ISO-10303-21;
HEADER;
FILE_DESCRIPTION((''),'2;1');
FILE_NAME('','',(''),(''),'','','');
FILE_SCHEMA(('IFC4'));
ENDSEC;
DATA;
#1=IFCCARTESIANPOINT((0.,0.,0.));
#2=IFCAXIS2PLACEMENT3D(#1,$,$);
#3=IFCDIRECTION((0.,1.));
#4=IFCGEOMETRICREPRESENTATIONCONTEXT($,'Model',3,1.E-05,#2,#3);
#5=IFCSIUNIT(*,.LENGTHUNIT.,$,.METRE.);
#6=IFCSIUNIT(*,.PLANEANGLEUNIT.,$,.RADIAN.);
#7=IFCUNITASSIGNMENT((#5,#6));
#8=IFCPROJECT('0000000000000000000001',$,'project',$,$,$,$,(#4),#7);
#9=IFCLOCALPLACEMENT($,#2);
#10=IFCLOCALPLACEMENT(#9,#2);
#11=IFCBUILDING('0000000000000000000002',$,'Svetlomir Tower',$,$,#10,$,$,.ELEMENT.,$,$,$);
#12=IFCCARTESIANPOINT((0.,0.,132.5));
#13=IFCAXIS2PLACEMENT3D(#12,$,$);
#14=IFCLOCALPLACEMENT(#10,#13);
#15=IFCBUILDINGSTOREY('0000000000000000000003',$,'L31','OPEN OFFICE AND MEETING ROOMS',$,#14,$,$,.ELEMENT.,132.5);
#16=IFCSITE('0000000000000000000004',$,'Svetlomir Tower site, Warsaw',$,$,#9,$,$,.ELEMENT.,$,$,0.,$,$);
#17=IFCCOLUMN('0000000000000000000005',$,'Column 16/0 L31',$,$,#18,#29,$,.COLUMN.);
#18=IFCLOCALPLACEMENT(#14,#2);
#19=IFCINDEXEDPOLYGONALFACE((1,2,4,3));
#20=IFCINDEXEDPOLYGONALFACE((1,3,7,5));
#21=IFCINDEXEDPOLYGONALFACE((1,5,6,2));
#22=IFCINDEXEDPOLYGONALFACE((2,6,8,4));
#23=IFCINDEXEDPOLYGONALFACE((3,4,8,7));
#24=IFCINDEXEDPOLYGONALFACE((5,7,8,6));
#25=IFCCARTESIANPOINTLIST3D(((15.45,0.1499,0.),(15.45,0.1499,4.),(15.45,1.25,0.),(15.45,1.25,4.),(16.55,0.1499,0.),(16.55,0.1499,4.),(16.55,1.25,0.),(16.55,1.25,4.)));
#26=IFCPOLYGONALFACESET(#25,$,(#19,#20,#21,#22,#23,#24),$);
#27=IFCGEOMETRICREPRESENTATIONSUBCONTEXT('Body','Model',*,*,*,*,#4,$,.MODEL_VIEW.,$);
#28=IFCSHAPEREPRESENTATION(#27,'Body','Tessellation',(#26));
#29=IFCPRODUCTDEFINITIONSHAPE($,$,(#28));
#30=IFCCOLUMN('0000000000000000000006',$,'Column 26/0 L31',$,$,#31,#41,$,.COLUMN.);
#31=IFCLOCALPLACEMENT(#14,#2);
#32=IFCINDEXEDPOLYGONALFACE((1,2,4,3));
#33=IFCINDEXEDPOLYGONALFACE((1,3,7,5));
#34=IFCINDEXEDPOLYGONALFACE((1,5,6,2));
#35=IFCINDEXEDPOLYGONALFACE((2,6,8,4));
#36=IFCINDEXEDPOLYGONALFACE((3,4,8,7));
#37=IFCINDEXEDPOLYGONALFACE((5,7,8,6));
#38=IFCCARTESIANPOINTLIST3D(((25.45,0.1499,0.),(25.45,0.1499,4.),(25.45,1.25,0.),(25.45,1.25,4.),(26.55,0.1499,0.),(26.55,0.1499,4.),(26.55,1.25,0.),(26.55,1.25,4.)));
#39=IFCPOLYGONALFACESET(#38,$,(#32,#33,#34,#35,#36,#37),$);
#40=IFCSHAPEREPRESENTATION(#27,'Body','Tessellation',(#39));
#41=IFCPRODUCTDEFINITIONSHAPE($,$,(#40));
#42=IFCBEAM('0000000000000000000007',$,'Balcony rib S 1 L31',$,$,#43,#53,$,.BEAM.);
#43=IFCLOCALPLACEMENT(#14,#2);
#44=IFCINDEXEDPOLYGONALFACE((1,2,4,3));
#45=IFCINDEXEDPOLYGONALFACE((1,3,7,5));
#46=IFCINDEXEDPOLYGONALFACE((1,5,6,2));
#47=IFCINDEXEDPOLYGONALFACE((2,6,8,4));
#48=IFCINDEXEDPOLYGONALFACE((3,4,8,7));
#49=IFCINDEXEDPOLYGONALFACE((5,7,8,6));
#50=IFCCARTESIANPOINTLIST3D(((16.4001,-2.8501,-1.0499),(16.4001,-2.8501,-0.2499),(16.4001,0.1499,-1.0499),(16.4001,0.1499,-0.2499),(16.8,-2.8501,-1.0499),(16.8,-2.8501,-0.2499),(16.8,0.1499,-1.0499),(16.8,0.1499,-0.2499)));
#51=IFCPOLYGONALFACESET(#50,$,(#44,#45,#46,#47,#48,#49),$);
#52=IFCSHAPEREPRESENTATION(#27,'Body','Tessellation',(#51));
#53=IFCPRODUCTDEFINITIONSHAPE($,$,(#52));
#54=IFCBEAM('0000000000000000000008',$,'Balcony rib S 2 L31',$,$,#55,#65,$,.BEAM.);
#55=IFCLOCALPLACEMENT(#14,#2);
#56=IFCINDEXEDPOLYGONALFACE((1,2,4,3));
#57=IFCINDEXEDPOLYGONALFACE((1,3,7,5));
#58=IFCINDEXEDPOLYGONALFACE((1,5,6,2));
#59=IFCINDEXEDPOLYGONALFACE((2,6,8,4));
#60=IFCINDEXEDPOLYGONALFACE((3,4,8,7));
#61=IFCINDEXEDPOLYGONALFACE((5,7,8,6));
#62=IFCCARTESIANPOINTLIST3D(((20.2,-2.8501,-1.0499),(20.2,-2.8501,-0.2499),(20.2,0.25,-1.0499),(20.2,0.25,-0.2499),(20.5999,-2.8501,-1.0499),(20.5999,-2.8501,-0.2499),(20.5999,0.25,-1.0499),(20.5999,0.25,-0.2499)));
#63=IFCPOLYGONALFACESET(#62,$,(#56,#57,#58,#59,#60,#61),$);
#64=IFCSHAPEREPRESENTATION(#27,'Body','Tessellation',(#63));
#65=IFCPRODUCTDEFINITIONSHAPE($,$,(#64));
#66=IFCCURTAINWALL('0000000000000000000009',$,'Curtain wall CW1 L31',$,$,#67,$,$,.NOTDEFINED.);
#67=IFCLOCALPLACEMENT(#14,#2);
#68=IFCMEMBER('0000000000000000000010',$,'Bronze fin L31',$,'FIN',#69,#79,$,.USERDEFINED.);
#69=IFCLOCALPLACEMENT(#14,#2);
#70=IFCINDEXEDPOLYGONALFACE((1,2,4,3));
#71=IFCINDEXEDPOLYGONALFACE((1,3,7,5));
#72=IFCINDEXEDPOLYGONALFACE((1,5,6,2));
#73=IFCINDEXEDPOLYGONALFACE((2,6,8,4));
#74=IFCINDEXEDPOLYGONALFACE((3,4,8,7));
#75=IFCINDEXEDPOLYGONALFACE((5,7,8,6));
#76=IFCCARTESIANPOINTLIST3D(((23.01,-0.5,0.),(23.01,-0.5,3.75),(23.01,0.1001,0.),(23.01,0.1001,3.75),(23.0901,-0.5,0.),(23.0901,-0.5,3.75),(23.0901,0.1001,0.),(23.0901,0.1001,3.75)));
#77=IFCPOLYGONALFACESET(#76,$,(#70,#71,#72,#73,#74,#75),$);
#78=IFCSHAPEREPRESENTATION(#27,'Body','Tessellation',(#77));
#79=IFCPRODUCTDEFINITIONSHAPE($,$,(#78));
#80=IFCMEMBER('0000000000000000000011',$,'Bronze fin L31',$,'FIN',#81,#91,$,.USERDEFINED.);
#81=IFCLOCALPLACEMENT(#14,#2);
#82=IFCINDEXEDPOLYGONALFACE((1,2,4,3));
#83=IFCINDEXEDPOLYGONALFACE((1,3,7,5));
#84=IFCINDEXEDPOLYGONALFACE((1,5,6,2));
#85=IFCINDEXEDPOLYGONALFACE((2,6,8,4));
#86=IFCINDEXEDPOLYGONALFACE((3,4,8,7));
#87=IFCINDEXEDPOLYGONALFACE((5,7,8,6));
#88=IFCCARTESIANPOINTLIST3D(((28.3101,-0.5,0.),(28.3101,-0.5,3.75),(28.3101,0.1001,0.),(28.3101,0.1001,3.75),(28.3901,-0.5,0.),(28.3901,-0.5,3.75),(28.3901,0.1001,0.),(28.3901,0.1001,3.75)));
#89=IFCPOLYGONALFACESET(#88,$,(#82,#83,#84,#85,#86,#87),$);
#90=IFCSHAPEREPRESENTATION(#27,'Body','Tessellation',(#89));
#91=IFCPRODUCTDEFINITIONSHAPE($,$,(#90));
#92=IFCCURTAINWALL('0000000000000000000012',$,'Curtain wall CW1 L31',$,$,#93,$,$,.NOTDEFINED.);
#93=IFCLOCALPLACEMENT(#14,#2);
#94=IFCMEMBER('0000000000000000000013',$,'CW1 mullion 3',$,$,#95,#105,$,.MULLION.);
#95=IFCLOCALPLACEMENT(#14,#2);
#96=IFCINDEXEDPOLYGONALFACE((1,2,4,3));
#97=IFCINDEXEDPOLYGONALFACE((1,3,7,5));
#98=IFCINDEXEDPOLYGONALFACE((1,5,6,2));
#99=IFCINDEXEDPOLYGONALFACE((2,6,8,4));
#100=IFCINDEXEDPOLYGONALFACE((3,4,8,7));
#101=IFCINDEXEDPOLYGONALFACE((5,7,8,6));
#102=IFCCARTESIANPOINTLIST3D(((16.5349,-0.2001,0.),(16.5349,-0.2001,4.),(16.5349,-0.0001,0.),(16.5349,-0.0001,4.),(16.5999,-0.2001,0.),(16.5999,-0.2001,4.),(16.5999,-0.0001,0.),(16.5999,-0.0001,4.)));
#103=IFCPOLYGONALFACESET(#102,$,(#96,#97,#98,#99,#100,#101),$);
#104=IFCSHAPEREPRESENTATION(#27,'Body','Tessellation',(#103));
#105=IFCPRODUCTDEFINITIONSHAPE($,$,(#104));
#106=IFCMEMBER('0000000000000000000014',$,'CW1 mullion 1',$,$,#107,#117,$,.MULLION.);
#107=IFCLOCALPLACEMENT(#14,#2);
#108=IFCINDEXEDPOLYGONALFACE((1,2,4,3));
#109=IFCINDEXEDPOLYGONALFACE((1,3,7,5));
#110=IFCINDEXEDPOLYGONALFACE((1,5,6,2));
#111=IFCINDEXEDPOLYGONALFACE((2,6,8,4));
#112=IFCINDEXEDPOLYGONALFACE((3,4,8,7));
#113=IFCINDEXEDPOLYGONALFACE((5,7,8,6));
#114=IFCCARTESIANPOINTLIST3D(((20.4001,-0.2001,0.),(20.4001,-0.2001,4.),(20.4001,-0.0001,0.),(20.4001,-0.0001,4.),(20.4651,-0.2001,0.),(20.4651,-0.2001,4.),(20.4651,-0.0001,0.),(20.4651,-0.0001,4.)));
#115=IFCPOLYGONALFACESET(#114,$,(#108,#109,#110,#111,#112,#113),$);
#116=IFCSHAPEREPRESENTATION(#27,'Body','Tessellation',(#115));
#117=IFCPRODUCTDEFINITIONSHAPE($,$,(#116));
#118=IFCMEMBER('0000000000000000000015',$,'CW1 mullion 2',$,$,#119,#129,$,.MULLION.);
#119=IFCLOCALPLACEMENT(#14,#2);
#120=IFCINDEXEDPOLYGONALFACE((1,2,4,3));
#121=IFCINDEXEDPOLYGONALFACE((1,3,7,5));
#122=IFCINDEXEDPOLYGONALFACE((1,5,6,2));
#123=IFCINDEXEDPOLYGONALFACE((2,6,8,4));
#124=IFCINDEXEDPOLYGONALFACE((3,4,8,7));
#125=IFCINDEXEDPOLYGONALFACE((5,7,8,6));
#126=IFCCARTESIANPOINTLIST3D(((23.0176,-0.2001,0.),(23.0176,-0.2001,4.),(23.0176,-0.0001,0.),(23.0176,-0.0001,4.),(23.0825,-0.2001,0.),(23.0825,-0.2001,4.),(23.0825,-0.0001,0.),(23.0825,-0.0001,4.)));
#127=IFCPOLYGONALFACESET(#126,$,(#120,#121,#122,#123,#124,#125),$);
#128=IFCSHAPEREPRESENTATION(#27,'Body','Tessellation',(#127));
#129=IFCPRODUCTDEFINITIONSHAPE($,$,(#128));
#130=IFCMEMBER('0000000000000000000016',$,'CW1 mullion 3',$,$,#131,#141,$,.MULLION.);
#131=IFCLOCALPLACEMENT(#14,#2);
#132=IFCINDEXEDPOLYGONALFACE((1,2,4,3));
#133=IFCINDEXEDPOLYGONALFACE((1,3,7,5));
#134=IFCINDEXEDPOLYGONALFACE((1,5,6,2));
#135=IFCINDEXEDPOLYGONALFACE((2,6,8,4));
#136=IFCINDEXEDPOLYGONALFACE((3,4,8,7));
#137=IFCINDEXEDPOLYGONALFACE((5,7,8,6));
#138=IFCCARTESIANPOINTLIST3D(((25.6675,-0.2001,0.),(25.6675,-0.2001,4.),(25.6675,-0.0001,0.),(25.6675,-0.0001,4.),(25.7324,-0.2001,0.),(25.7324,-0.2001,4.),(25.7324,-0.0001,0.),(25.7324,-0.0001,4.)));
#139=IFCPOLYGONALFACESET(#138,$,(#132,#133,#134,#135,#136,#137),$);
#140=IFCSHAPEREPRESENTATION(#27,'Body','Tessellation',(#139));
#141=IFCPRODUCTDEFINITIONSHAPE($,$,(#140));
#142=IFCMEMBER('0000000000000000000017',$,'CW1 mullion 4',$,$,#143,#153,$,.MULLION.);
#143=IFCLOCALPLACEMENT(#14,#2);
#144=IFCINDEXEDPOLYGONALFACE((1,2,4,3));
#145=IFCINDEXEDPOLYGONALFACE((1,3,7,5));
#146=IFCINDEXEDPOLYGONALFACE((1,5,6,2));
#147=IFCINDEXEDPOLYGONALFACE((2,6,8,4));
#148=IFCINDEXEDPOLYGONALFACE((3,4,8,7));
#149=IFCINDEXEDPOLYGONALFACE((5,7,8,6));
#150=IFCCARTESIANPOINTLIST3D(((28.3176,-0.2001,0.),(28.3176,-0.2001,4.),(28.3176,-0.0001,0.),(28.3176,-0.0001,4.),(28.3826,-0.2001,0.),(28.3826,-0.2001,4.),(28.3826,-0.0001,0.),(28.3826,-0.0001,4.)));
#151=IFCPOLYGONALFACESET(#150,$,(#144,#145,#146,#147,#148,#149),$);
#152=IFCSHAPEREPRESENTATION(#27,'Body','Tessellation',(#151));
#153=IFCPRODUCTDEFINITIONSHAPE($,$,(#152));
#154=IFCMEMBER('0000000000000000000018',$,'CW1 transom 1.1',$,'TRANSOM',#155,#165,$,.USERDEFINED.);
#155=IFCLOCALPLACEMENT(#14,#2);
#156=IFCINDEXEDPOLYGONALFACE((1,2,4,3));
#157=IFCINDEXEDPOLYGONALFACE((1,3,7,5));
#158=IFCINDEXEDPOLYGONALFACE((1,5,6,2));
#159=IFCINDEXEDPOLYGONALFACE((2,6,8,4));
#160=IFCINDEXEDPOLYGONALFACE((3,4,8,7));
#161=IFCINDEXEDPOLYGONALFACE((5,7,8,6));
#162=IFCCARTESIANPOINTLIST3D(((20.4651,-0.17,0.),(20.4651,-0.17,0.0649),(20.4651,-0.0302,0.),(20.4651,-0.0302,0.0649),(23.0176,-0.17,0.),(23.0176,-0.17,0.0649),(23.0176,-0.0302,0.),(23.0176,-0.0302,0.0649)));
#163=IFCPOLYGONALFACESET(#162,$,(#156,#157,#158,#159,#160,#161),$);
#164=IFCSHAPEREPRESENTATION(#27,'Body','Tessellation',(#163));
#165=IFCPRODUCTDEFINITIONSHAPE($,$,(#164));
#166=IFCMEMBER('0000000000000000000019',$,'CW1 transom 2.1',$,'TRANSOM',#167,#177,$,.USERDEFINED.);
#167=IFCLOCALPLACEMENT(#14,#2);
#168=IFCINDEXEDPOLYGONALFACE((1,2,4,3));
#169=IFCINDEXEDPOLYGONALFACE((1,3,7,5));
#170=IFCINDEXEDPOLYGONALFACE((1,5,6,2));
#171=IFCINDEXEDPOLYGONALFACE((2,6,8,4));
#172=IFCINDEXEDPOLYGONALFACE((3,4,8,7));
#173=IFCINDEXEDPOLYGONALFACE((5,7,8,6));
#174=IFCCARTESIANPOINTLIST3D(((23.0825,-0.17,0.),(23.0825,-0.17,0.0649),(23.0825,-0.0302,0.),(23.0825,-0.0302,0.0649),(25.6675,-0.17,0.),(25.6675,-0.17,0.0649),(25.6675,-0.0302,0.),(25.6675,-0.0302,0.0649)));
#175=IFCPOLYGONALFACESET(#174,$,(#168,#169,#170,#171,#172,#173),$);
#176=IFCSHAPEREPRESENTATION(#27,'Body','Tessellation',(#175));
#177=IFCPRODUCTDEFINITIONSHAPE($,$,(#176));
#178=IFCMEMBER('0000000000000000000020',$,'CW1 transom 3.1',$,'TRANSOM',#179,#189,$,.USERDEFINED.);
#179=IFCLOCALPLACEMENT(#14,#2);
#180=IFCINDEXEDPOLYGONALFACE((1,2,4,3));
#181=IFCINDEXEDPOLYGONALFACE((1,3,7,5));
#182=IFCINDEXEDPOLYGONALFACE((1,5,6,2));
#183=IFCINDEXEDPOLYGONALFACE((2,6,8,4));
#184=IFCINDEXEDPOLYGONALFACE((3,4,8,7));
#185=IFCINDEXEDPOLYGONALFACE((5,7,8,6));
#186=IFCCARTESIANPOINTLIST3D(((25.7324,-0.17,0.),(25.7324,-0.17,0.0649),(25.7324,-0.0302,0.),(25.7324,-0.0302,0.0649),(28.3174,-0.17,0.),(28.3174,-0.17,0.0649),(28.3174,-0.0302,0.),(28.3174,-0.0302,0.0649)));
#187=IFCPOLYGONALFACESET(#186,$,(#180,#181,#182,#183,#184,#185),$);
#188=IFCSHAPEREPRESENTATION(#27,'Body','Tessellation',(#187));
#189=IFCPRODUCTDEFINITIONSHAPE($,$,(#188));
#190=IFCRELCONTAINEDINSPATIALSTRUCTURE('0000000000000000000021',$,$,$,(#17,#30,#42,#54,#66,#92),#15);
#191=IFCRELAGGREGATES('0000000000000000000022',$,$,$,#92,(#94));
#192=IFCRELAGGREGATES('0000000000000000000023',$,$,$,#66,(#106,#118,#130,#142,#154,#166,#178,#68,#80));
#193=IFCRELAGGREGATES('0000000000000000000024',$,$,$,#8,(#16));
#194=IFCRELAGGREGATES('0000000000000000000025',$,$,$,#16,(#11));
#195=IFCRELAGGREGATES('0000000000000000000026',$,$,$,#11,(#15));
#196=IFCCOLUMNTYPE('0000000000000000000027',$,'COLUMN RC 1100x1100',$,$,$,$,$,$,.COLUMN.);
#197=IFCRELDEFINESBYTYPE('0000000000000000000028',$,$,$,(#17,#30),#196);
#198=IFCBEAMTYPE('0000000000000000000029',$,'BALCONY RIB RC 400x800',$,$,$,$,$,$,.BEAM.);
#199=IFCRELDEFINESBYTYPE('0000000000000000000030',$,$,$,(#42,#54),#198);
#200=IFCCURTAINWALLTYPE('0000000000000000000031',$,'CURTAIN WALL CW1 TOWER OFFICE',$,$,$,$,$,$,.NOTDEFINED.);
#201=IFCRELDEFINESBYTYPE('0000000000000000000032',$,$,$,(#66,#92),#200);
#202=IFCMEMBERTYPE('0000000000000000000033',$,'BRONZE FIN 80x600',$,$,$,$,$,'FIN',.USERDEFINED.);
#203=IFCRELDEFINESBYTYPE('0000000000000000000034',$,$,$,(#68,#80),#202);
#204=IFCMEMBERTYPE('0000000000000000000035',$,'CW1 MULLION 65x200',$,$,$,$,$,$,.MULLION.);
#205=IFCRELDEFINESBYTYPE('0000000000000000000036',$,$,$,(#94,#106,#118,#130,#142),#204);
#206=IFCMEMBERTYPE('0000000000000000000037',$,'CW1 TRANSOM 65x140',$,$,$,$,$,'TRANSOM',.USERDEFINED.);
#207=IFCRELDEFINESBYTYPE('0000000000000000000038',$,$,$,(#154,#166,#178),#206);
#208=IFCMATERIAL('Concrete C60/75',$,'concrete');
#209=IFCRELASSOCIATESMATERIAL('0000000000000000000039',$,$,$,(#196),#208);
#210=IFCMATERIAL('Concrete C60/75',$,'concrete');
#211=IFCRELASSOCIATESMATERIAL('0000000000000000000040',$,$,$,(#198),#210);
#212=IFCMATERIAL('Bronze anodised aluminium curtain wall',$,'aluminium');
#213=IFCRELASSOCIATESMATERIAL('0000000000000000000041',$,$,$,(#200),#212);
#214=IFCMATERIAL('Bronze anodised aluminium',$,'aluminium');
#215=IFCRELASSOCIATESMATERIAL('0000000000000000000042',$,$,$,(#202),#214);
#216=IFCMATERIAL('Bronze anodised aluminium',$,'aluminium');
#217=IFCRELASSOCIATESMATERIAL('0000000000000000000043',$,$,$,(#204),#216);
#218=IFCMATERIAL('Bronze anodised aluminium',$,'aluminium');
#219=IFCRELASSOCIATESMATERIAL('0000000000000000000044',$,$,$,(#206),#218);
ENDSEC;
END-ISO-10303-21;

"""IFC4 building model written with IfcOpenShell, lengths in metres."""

from ifc_helpers import new_model, si_unit, direction, frame, origin, origin_2d, place, context, subcontext, project, spatial, rectangle, extrude, material, material_profile, profile_set, type_object, element, aggregate, save


model = new_model("IFC4")

# Units and contexts
model_context = context("Model", 3, precision=1e-05, world=origin(), true_north=direction((0.0, 1.0)))
body_context = subcontext(model_context, "Body", "Model", "MODEL_VIEW")
ifc_project = project(units=[si_unit("LENGTHUNIT", "METRE"), si_unit("PLANEANGLEUNIT", "RADIAN")], contexts=[model_context])

# Site, building, storey
site_placement = place(None, origin())
site = spatial("IfcSite", under=ifc_project, at=site_placement, Name="Svetlomir Tower site, Warsaw", CompositionType="ELEMENT", RefElevation=0.0)
building_placement = place(site_placement, origin())
building = spatial("IfcBuilding", under=site, at=building_placement, Name="Svetlomir Tower", CompositionType="ELEMENT")
storey_placement = place(building_placement, frame((0.0, 0.0, 132.5)))
storey = spatial("IfcBuildingStorey", under=building, at=storey_placement, Name="L31", Description="OPEN OFFICE AND MEETING ROOMS", CompositionType="ELEMENT", Elevation=132.5)

# Columns
ifc_material_1 = material(Name="Concrete C60/75", Category="concrete")
ifc_material_profile_1 = material_profile(ifc_material_1, rectangle(XDim=1.1001, YDim=1.1001, at=origin_2d()), Name="RC 1100x1100")
ifc_profile_set_1 = profile_set([ifc_material_profile_1], Name="Concrete C60/75")
column_type = type_object("IfcColumnType", Name="COLUMN RC 1100x1100", PredefinedType="COLUMN", material=ifc_profile_set_1)
for number, where, z_axis, x_axis, name in (
    (1, (16.0, 0.7, 0.0), (0.0, 0.0, 1.0), (1.0, 0.0, 0.0), "Column 16/0 L31"),
    (2, (26.0, 0.7, 0.0), (0.0, 0.0, 1.0), (1.0, 0.0, 0.0), "Column 26/0 L31"),
):
    element("IfcColumn", number, at=place(storey_placement, frame(where, z_axis=z_axis, x_axis=x_axis)), inside=storey, type_object=column_type, Name=name, PredefinedType="COLUMN", context=body_context, shape_type="SweptSolid", body=[
        extrude(rectangle(XDim=1.1001, YDim=1.1001, at=origin_2d()), origin(), (0.0, 0.0, 1.0), 4.0),
    ])

# Beams
ifc_material_2 = material(Name="Concrete C60/75", Category="concrete")
ifc_material_profile_2 = material_profile(ifc_material_2, rectangle(XDim=0.3999, YDim=0.8, at=origin_2d()), Name="RC 400x800")
ifc_profile_set_2 = profile_set([ifc_material_profile_2], Name="Concrete C60/75")
beam_type_1 = type_object("IfcBeamType", Name="BALCONY RIB RC 400x800", PredefinedType="BEAM", material=ifc_profile_set_2)
beam_1_placement = place(storey_placement, frame((16.6001, 0.1499, -0.6499), z_axis=(0.0, -1.0, 0.0), x_axis=(1.0, 0.0, 0.0)))
element("IfcBeam", 3, at=beam_1_placement, inside=storey, type_object=beam_type_1, Name="Balcony rib S 1 L31", PredefinedType="BEAM", context=body_context, shape_type="SweptSolid", body=[
    extrude(rectangle(XDim=0.3999, YDim=0.8, at=origin_2d()), origin(), (0.0, 0.0, 1.0), 3.0),
])
beam_2_placement = place(storey_placement, frame((20.3999, 0.25, -0.6499), z_axis=(0.0, -1.0, 0.0), x_axis=(1.0, 0.0, 0.0)))
element("IfcBeam", 4, at=beam_2_placement, inside=storey, type_object=beam_type_1, Name="Balcony rib S 2 L31", PredefinedType="BEAM", context=body_context, shape_type="SweptSolid", body=[
    extrude(rectangle(XDim=0.3999, YDim=0.8, at=origin_2d()), origin(), (0.0, 0.0, 1.0), 3.1001),
])

# Curtain wall, members
ifc_material_3 = material(Name="Bronze anodised aluminium curtain wall", Category="aluminium")
curtain_wall_type = type_object("IfcCurtainWallType", Name="CURTAIN WALL CW1 TOWER OFFICE", PredefinedType="NOTDEFINED", material=ifc_material_3)
curtain_wall_1_placement = place(storey_placement, origin())
curtain_wall_1 = element("IfcCurtainWall", 5, at=curtain_wall_1_placement, inside=storey, type_object=curtain_wall_type, Name="Curtain wall CW1 L31", PredefinedType="NOTDEFINED")
ifc_material_4 = material(Name="Bronze anodised aluminium", Category="aluminium")
ifc_material_profile_3 = material_profile(ifc_material_4, rectangle(XDim=0.0801, YDim=0.6001, at=origin_2d()), Name="FIN 80x600")
ifc_profile_set_3 = profile_set([ifc_material_profile_3], Name="Bronze anodised aluminium 6063-T6")
member_type_1 = type_object("IfcMemberType", Name="BRONZE FIN 80x600", ElementType="FIN", PredefinedType="USERDEFINED", material=ifc_profile_set_3)
member_1_placement = place(storey_placement, frame((23.05, -0.2, 0.0), z_axis=(0.0, 0.0, 1.0), x_axis=(1.0, 0.0, 0.0)))
member_1 = element("IfcMember", 6, at=member_1_placement, type_object=member_type_1, Name="Bronze fin L31", ObjectType="FIN", PredefinedType="USERDEFINED", context=body_context, shape_type="SweptSolid", body=[
    extrude(rectangle(XDim=0.0801, YDim=0.6001, at=origin_2d()), origin(), (0.0, 0.0, 1.0), 3.75),
])
member_2_placement = place(storey_placement, frame((28.3501, -0.2, 0.0), z_axis=(0.0, 0.0, 1.0), x_axis=(1.0, 0.0, 0.0)))
member_2 = element("IfcMember", 7, at=member_2_placement, type_object=member_type_1, Name="Bronze fin L31", ObjectType="FIN", PredefinedType="USERDEFINED", context=body_context, shape_type="SweptSolid", body=[
    extrude(rectangle(XDim=0.0801, YDim=0.6001, at=origin_2d()), origin(), (0.0, 0.0, 1.0), 3.75),
])

# Curtain wall, member
curtain_wall_2_placement = place(storey_placement, origin())
curtain_wall_2 = element("IfcCurtainWall", 8, at=curtain_wall_2_placement, inside=storey, type_object=curtain_wall_type, Name="Curtain wall CW1 L31", PredefinedType="NOTDEFINED")
ifc_material_5 = material(Name="Bronze anodised aluminium", Category="aluminium")
ifc_material_profile_4 = material_profile(ifc_material_5, rectangle(XDim=0.0649, YDim=0.2, at=origin_2d()), Name="AL 65x200")
ifc_profile_set_4 = profile_set([ifc_material_profile_4], Name="Bronze anodised aluminium 6063-T6")
member_type_2 = type_object("IfcMemberType", Name="CW1 MULLION 65x200", PredefinedType="MULLION", material=ifc_profile_set_4)
member_3_placement = place(storey_placement, frame((16.5674, -0.1001, 0.0), z_axis=(0.0, 0.0, 1.0), x_axis=(1.0, 0.0, 0.0)))
member_3 = element("IfcMember", 9, at=member_3_placement, type_object=member_type_2, Name="CW1 mullion 3", PredefinedType="MULLION", context=body_context, shape_type="SweptSolid", body=[
    extrude(rectangle(XDim=0.0649, YDim=0.2, at=origin_2d()), origin(), (0.0, 0.0, 1.0), 4.0),
])

# Members
member_4_placement = place(storey_placement, frame((20.4326, -0.1001, 0.0), z_axis=(0.0, 0.0, 1.0), x_axis=(1.0, 0.0, 0.0)))
member_4 = element("IfcMember", 10, at=member_4_placement, type_object=member_type_2, Name="CW1 mullion 1", PredefinedType="MULLION", context=body_context, shape_type="SweptSolid", body=[
    extrude(rectangle(XDim=0.0649, YDim=0.2, at=origin_2d()), origin(), (0.0, 0.0, 1.0), 4.0),
])
member_5_placement = place(storey_placement, frame((23.05, -0.1001, 0.0), z_axis=(0.0, 0.0, 1.0), x_axis=(1.0, 0.0, 0.0)))
member_5 = element("IfcMember", 11, at=member_5_placement, type_object=member_type_2, Name="CW1 mullion 2", PredefinedType="MULLION", context=body_context, shape_type="SweptSolid", body=[
    extrude(rectangle(XDim=0.0649, YDim=0.2, at=origin_2d()), origin(), (0.0, 0.0, 1.0), 4.0),
])
member_6_placement = place(storey_placement, frame((25.7, -0.1001, 0.0), z_axis=(0.0, 0.0, 1.0), x_axis=(1.0, 0.0, 0.0)))
member_6 = element("IfcMember", 12, at=member_6_placement, type_object=member_type_2, Name="CW1 mullion 3", PredefinedType="MULLION", context=body_context, shape_type="SweptSolid", body=[
    extrude(rectangle(XDim=0.0649, YDim=0.2, at=origin_2d()), origin(), (0.0, 0.0, 1.0), 4.0),
])
member_7_placement = place(storey_placement, frame((28.3501, -0.1001, 0.0), z_axis=(0.0, 0.0, 1.0), x_axis=(1.0, 0.0, 0.0)))
member_7 = element("IfcMember", 13, at=member_7_placement, type_object=member_type_2, Name="CW1 mullion 4", PredefinedType="MULLION", context=body_context, shape_type="SweptSolid", body=[
    extrude(rectangle(XDim=0.0649, YDim=0.2, at=origin_2d()), origin(), (0.0, 0.0, 1.0), 4.0),
])
ifc_material_6 = material(Name="Bronze anodised aluminium", Category="aluminium")
ifc_material_profile_5 = material_profile(ifc_material_6, rectangle(XDim=0.1399, YDim=0.0649, at=origin_2d()), Name="AL 140x65")
ifc_profile_set_5 = profile_set([ifc_material_profile_5], Name="Bronze anodised aluminium 6063-T6")
member_type_3 = type_object("IfcMemberType", Name="CW1 TRANSOM 65x140", ElementType="TRANSOM", PredefinedType="USERDEFINED", material=ifc_profile_set_5)
member_8_placement = place(storey_placement, frame((20.4651, -0.1001, 0.0325), z_axis=(1.0, 0.0, 0.0), x_axis=(0.0, 1.0, 0.0)))
member_8 = element("IfcMember", 14, at=member_8_placement, type_object=member_type_3, Name="CW1 transom 1.1", ObjectType="TRANSOM", PredefinedType="USERDEFINED", context=body_context, shape_type="SweptSolid", body=[
    extrude(rectangle(XDim=0.1399, YDim=0.0649, at=origin_2d()), origin(), (0.0, 0.0, 1.0), 2.5525),
])
member_9_placement = place(storey_placement, frame((23.0825, -0.1001, 0.0325), z_axis=(1.0, 0.0, 0.0), x_axis=(0.0, 1.0, 0.0)))
member_9 = element("IfcMember", 15, at=member_9_placement, type_object=member_type_3, Name="CW1 transom 2.1", ObjectType="TRANSOM", PredefinedType="USERDEFINED", context=body_context, shape_type="SweptSolid", body=[
    extrude(rectangle(XDim=0.1399, YDim=0.0649, at=origin_2d()), origin(), (0.0, 0.0, 1.0), 2.585),
])
member_10_placement = place(storey_placement, frame((25.7324, -0.1001, 0.0325), z_axis=(1.0, 0.0, 0.0), x_axis=(0.0, 1.0, 0.0)))
member_10 = element("IfcMember", 16, at=member_10_placement, type_object=member_type_3, Name="CW1 transom 3.1", ObjectType="TRANSOM", PredefinedType="USERDEFINED", context=body_context, shape_type="SweptSolid", body=[
    extrude(rectangle(XDim=0.1399, YDim=0.0649, at=origin_2d()), origin(), (0.0, 0.0, 1.0), 2.585),
])

aggregate(curtain_wall_2, [member_3])
aggregate(curtain_wall_1, [member_4, member_5, member_6, member_7, member_8, member_9, member_10, member_1, member_2])

save(model, "model.ifc")
